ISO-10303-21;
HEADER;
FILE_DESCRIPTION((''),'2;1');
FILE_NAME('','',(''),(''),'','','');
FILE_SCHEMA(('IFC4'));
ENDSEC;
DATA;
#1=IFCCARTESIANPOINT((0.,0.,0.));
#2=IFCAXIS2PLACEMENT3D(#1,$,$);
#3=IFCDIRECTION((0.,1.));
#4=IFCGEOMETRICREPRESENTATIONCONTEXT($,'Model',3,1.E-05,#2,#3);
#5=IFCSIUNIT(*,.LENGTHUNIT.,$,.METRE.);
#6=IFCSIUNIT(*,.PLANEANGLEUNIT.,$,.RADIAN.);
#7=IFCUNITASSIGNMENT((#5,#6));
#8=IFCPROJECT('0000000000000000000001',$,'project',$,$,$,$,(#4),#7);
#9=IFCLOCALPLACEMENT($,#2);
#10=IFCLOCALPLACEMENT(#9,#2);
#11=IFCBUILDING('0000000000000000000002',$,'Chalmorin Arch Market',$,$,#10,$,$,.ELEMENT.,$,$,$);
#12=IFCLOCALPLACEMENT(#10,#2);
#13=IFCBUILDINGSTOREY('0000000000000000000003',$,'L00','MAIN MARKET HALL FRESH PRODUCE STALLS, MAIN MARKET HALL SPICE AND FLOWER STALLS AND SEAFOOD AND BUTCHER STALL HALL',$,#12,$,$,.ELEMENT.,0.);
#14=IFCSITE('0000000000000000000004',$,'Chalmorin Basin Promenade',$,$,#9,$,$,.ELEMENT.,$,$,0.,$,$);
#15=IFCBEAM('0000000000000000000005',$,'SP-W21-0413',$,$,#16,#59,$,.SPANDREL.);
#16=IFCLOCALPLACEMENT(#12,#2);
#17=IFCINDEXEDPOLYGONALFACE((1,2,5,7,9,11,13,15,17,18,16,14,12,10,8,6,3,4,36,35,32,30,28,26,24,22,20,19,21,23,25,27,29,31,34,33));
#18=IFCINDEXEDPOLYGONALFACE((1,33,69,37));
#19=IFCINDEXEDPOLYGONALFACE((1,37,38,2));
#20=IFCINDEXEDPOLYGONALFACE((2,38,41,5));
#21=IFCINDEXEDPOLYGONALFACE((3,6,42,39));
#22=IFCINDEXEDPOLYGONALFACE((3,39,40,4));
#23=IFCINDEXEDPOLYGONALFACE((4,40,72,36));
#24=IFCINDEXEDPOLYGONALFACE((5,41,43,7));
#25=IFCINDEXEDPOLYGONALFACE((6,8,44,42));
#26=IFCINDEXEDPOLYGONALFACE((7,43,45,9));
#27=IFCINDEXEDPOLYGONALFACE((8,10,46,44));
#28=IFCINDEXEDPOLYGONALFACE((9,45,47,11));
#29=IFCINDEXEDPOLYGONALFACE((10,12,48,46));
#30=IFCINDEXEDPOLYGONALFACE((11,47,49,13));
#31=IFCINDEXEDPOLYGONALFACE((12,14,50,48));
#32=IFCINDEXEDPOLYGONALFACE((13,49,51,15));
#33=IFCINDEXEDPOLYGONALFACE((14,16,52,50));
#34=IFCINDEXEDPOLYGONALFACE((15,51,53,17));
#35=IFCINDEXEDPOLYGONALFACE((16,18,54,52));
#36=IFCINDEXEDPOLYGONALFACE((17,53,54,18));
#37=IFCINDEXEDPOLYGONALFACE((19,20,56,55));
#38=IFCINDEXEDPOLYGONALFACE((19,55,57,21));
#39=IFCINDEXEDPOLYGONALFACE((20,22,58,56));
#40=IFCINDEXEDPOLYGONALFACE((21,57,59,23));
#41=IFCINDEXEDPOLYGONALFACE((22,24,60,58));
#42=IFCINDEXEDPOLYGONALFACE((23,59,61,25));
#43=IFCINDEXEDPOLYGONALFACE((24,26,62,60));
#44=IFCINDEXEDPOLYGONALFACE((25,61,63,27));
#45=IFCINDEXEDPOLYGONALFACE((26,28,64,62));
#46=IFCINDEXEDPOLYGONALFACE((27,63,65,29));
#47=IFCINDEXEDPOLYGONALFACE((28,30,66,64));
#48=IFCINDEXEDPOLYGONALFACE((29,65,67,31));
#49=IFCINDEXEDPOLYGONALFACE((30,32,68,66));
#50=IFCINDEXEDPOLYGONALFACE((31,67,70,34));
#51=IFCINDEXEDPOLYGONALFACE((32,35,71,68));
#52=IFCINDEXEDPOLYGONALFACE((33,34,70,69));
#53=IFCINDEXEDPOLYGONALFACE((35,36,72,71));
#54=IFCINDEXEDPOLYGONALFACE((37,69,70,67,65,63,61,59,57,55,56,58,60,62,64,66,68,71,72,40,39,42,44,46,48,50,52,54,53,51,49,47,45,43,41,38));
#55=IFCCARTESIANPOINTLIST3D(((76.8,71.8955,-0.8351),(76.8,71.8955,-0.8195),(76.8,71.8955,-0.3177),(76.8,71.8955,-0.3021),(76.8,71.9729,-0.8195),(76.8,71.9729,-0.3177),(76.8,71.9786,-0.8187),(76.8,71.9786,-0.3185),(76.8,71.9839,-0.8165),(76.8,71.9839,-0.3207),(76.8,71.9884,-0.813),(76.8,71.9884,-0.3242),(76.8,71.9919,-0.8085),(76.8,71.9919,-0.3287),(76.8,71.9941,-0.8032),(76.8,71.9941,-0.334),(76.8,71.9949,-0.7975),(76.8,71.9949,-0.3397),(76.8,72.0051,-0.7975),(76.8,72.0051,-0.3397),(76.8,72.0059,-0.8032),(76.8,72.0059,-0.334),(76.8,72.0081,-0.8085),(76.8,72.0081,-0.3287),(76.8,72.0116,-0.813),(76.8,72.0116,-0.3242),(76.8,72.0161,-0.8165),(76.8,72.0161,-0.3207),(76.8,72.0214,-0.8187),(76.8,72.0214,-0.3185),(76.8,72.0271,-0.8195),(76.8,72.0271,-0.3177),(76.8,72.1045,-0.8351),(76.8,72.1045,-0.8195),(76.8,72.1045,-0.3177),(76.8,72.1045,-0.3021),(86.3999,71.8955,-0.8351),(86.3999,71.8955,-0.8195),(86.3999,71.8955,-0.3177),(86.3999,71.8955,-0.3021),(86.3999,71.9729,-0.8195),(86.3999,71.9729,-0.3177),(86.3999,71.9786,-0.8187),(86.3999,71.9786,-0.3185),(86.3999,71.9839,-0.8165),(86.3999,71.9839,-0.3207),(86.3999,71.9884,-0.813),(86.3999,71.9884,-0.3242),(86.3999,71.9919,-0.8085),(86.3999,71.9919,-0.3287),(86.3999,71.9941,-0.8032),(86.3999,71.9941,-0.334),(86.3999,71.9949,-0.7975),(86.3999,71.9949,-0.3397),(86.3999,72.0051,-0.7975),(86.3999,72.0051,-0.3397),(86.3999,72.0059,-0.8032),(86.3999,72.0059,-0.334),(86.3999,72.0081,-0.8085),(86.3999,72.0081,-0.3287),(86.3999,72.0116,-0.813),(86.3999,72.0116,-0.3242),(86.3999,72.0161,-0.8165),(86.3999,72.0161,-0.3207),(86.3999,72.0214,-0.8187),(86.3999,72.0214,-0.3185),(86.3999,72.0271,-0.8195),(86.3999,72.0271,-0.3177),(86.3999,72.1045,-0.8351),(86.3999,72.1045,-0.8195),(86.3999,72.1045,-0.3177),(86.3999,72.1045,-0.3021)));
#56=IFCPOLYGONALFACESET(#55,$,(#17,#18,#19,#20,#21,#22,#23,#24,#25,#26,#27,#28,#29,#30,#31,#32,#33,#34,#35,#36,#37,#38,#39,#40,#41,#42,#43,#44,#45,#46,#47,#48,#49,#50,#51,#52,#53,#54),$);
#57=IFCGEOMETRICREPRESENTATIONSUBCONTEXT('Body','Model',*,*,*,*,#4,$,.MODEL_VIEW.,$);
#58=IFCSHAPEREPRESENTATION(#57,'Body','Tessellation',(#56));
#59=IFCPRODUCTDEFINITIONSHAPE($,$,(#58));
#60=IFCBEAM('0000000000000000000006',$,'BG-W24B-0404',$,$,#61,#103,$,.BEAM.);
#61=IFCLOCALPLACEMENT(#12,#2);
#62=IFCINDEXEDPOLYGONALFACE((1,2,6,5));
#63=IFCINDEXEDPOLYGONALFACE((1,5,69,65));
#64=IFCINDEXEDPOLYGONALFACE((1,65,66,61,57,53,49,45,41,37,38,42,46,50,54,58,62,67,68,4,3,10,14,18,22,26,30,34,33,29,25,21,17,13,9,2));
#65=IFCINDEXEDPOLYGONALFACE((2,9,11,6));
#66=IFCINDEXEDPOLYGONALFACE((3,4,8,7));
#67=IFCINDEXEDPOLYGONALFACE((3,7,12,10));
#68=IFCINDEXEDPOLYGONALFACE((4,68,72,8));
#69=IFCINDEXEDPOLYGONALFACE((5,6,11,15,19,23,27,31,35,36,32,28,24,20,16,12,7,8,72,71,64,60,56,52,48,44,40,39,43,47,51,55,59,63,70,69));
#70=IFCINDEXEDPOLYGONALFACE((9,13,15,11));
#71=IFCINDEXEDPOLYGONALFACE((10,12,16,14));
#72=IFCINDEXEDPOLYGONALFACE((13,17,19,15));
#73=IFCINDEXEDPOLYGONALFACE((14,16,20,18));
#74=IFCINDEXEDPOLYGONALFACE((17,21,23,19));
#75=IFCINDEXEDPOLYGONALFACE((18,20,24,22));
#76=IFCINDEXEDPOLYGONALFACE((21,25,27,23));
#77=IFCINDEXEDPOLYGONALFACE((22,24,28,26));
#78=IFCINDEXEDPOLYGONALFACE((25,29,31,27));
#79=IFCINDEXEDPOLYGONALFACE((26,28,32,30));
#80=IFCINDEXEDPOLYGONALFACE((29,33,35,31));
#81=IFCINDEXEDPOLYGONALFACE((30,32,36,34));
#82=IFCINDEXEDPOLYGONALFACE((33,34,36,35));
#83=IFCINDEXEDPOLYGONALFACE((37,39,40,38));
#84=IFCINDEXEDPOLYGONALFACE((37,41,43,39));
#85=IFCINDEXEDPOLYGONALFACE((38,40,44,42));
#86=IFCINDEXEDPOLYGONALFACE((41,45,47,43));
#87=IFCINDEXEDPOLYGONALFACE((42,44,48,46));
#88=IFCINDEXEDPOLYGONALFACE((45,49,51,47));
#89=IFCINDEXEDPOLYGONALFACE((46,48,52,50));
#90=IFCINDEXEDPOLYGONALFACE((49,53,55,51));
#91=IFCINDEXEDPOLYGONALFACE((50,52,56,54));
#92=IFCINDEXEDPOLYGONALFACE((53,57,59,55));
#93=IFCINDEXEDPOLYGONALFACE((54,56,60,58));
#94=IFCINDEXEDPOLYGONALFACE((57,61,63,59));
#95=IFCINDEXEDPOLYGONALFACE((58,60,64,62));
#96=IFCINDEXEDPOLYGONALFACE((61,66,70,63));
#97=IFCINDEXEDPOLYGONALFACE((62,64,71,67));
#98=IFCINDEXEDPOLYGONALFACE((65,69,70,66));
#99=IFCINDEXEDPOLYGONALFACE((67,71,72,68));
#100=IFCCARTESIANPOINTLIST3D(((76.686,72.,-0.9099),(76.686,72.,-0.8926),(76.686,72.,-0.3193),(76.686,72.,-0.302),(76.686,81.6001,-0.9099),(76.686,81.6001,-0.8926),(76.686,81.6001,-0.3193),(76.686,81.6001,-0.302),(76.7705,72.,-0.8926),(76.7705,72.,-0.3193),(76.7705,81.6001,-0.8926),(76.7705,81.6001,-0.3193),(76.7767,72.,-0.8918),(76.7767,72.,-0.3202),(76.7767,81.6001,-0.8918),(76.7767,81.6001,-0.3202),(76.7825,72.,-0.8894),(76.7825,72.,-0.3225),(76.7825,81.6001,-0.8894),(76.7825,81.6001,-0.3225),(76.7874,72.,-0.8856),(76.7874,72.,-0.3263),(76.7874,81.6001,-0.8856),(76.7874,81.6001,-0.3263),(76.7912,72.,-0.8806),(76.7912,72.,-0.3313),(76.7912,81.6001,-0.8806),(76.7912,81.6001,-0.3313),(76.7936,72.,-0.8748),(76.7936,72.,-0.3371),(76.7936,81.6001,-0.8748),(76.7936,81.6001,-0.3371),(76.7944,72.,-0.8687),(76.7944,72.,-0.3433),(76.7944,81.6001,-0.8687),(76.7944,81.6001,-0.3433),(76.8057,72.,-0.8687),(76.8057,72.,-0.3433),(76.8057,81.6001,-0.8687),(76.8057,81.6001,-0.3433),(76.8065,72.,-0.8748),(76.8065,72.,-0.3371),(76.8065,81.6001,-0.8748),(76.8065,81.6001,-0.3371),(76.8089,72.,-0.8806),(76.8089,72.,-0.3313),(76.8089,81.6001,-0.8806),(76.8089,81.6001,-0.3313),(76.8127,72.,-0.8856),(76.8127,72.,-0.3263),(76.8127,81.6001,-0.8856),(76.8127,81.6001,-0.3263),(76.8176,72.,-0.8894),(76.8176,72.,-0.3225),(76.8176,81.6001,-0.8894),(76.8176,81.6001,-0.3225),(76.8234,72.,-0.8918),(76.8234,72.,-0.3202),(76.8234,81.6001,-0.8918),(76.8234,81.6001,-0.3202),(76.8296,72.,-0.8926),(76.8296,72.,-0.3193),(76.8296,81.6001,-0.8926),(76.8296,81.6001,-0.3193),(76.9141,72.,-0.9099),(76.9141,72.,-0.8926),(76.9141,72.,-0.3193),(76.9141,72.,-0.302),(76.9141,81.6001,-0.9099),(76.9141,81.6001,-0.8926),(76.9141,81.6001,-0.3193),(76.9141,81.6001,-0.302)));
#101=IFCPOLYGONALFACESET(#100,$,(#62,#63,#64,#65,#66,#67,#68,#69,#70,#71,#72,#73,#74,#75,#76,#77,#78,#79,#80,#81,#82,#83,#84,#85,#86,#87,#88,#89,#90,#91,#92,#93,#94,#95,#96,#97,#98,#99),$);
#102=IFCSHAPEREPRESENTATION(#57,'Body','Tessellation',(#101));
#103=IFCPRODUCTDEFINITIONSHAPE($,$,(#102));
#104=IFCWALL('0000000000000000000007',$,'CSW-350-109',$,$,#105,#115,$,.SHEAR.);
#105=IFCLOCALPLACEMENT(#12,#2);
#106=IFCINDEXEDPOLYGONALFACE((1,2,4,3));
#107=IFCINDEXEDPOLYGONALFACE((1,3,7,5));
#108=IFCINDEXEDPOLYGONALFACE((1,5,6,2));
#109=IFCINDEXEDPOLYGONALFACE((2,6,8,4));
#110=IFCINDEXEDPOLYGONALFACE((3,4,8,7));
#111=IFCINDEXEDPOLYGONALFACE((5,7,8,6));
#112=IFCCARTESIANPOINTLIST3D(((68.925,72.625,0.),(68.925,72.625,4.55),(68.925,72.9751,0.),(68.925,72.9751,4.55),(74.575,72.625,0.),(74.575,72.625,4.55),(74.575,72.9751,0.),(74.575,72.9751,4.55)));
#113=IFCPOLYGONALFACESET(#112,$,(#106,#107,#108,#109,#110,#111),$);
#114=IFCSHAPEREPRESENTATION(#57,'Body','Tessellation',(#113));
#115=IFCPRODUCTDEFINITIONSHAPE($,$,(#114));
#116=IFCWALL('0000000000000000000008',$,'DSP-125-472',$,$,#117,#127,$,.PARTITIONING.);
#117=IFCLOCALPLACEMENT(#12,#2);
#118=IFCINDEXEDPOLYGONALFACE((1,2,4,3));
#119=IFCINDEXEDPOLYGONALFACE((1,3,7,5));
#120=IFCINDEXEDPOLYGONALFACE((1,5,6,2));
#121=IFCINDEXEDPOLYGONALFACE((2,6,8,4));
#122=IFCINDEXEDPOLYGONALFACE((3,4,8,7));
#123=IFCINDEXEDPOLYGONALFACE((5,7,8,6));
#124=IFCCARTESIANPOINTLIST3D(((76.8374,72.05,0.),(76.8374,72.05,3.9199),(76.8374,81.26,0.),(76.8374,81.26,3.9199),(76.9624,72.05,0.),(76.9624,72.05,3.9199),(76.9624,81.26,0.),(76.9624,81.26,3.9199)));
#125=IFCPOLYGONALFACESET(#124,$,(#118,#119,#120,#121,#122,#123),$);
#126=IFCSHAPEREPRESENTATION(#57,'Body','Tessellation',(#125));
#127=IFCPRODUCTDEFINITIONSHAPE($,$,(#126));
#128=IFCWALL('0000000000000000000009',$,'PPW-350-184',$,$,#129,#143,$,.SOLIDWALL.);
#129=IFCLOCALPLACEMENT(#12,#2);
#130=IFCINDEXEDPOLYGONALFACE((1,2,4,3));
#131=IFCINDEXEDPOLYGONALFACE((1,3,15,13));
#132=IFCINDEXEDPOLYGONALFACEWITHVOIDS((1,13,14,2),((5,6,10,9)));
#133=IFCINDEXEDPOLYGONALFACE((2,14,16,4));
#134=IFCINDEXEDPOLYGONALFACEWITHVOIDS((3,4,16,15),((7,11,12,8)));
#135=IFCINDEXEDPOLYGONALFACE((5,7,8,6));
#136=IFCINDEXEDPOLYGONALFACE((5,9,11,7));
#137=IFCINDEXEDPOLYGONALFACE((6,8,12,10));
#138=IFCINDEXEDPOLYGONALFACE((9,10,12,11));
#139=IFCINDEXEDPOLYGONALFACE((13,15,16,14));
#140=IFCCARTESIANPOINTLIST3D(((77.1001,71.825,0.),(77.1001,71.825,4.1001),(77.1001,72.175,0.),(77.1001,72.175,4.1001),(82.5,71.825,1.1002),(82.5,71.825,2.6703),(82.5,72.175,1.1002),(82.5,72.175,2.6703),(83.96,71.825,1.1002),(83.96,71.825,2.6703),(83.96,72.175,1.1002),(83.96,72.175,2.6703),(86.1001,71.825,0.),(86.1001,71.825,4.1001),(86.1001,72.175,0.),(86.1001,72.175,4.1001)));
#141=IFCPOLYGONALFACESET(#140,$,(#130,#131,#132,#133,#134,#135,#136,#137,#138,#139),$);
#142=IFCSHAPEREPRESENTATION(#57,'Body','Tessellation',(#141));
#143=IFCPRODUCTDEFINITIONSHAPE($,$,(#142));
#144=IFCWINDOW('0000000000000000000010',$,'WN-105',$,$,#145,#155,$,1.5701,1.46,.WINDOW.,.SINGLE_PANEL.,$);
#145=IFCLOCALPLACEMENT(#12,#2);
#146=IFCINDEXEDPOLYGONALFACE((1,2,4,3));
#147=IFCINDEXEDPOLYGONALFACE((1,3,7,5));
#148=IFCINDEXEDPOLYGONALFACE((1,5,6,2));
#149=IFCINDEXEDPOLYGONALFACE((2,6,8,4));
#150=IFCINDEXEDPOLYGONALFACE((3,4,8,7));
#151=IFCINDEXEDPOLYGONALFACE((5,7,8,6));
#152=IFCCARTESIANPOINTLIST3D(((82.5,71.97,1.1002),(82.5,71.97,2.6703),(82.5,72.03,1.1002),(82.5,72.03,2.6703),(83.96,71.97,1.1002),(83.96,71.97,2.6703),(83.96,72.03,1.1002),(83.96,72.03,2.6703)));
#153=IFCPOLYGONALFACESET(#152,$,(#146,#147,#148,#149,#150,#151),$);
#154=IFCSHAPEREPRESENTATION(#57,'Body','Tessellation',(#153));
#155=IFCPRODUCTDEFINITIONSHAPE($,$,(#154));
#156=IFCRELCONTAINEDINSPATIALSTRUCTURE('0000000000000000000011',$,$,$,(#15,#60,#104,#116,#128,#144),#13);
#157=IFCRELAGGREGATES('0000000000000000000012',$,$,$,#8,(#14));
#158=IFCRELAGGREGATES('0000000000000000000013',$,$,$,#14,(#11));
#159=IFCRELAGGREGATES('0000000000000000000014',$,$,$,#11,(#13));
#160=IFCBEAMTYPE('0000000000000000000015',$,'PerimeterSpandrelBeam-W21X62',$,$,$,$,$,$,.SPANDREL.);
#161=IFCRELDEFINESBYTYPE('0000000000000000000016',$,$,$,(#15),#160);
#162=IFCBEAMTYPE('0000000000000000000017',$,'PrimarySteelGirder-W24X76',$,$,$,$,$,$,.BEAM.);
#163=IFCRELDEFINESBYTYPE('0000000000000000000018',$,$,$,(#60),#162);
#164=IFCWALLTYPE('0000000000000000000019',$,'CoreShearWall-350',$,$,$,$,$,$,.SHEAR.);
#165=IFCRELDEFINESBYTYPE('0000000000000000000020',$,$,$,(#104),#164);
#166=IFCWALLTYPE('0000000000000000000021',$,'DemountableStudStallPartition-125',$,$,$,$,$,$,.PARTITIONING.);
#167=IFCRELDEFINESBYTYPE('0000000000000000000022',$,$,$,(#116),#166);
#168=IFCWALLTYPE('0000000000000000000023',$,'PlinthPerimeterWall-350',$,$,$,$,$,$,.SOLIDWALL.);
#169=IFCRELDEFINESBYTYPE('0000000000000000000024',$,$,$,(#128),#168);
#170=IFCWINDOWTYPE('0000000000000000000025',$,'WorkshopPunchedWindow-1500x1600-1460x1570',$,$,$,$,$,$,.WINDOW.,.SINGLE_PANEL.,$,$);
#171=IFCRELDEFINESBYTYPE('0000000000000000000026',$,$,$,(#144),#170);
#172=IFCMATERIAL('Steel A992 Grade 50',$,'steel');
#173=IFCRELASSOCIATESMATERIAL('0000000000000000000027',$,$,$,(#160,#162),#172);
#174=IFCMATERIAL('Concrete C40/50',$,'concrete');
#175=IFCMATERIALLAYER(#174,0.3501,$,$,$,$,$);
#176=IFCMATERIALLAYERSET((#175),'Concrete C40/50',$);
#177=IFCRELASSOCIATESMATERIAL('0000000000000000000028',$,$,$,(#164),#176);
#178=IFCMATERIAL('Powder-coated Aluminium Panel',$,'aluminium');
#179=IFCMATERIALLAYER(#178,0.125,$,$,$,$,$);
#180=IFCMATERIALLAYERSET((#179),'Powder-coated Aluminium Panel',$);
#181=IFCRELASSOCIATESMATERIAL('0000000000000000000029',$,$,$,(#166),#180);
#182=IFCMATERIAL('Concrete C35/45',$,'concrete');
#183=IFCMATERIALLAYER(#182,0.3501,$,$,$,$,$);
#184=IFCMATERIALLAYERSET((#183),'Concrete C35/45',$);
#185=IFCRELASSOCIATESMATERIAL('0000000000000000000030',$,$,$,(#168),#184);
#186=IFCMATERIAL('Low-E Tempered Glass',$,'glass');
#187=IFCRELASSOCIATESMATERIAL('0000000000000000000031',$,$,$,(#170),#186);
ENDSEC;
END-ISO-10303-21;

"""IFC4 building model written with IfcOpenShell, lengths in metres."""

from ifc_helpers import new_model, si_unit, direction, frame, frame_2d, origin, origin_2d, place, context, subcontext, project, spatial, rectangle, i_section, extrude, material, layer, layer_set, material_profile, profile_set, type_object, element, fill, save


model = new_model("IFC4")

# Units and contexts
model_context = context("Model", 3, precision=1e-05, world=origin(), true_north=direction((0.0, 1.0)))
body_context = subcontext(model_context, "Body", "Model", "MODEL_VIEW")
ifc_project = project(units=[si_unit("LENGTHUNIT", "METRE"), si_unit("PLANEANGLEUNIT", "RADIAN")], contexts=[model_context])

# Site, building, storey
site_placement = place(None, origin())
site = spatial("IfcSite", under=ifc_project, at=site_placement, Name="Chalmorin Basin Promenade", CompositionType="ELEMENT", RefElevation=0.0)
building_placement = place(site_placement, origin())
building = spatial("IfcBuilding", under=site, at=building_placement, Name="Chalmorin Arch Market", CompositionType="ELEMENT")
storey_placement = place(building_placement, origin())
storey = spatial("IfcBuildingStorey", under=building, at=storey_placement, Name="L00", Description="MAIN MARKET HALL FRESH PRODUCE STALLS, MAIN MARKET HALL SPICE AND FLOWER STALLS AND SEAFOOD AND BUTCHER STALL HALL", CompositionType="ELEMENT", Elevation=0.0)

# Shared definitions
ifc_material_1 = material(Name="Concrete C40/50", Category="concrete")

# Beams
ifc_material_2 = material(Name="Steel A992 Grade 50", Category="steel")
ifc_material_profile_1 = material_profile(ifc_material_2, i_section(OverallWidth=0.209, OverallDepth=0.533, WebThickness=0.0103, FlangeThickness=0.0156, FilletRadius=0.022, at=origin_2d()), Name="W21X62")
ifc_profile_set_1 = profile_set([ifc_material_profile_1], Name="Steel A992 Grade 50")
beam_type_1 = type_object("IfcBeamType", Name="PerimeterSpandrelBeam-W21X62", PredefinedType="SPANDREL", material=ifc_profile_set_1)
beam_1_placement = place(storey_placement, frame((76.8, 72.0, -0.5686), z_axis=(1.0, 0.0, 0.0), x_axis=(0.0, 1.0, 0.0)))
element("IfcBeam", 1, at=beam_1_placement, inside=storey, type_object=beam_type_1, Name="SP-W21-0413", PredefinedType="SPANDREL", context=body_context, shape_type="SweptSolid", body=[
    extrude(i_section(OverallWidth=0.209, OverallDepth=0.533, WebThickness=0.0103, FlangeThickness=0.0156, FilletRadius=0.022, at=origin_2d()), origin(), (0.0, 0.0, 1.0), 9.5999),
])
ifc_material_profile_2 = material_profile(ifc_material_2, i_section(OverallWidth=0.228, OverallDepth=0.6079, WebThickness=0.0112, FlangeThickness=0.0173, FilletRadius=0.0239, at=origin_2d()), Name="W24X76")
ifc_profile_set_2 = profile_set([ifc_material_profile_2], Name="Steel A992 Grade 50")
beam_type_2 = type_object("IfcBeamType", Name="PrimarySteelGirder-W24X76", PredefinedType="BEAM", material=ifc_profile_set_2)
beam_2_placement = place(storey_placement, frame((76.8, 72.0, -0.606), z_axis=(0.0, 1.0, 0.0), x_axis=(-1.0, 0.0, 0.0)))
element("IfcBeam", 2, at=beam_2_placement, inside=storey, type_object=beam_type_2, Name="BG-W24B-0404", PredefinedType="BEAM", context=body_context, shape_type="SweptSolid", body=[
    extrude(i_section(OverallWidth=0.228, OverallDepth=0.6079, WebThickness=0.0112, FlangeThickness=0.0173, FilletRadius=0.0239, at=origin_2d()), origin(), (0.0, 0.0, 1.0), 9.6001),
])

# Walls
ifc_layer_1 = layer(ifc_material_1, 0.3501)
ifc_layer_set_1 = layer_set([ifc_layer_1], Name="Concrete C40/50")
wall_type_1 = type_object("IfcWallType", Name="CoreShearWall-350", PredefinedType="SHEAR", material=ifc_layer_set_1)
wall_1_placement = place(storey_placement, frame((74.575, 72.8, 0.0), z_axis=(0.0, 0.0, 1.0), x_axis=(-1.0, 0.0, 0.0)))
element("IfcWall", 3, at=wall_1_placement, inside=storey, type_object=wall_type_1, Name="CSW-350-109", PredefinedType="SHEAR", context=body_context, shape_type="SweptSolid", body=[
    extrude(rectangle(XDim=5.6499, YDim=0.3501, at=frame_2d((2.825, 0.0))), origin(), (0.0, 0.0, 1.0), 4.55),
])
ifc_material_3 = material(Name="Powder-coated Aluminium Panel", Category="aluminium")
ifc_layer_2 = layer(ifc_material_3, 0.125)
ifc_layer_set_2 = layer_set([ifc_layer_2], Name="Powder-coated Aluminium Panel")
wall_type_2 = type_object("IfcWallType", Name="DemountableStudStallPartition-125", PredefinedType="PARTITIONING", material=ifc_layer_set_2)
wall_2_placement = place(storey_placement, frame((76.8999, 72.05, 0.0), z_axis=(0.0, 0.0, 1.0), x_axis=(0.0, 1.0, 0.0)))
element("IfcWall", 4, at=wall_2_placement, inside=storey, type_object=wall_type_2, Name="DSP-125-472", PredefinedType="PARTITIONING", context=body_context, shape_type="SweptSolid", body=[
    extrude(rectangle(XDim=9.21, YDim=0.125, at=frame_2d((4.605, 0.0))), origin(), (0.0, 0.0, 1.0), 3.9199),
])

# Wall, opening, window
ifc_material_4 = material(Name="Concrete C35/45", Category="concrete")
ifc_layer_3 = layer(ifc_material_4, 0.3501)
ifc_layer_set_3 = layer_set([ifc_layer_3], Name="Concrete C35/45")
wall_type_3 = type_object("IfcWallType", Name="PlinthPerimeterWall-350", PredefinedType="SOLIDWALL", material=ifc_layer_set_3)
wall_3_placement = place(storey_placement, frame((77.1001, 72.0, 0.0), z_axis=(0.0, 0.0, 1.0), x_axis=(1.0, 0.0, 0.0)))
wall_3 = element("IfcWall", 5, at=wall_3_placement, inside=storey, type_object=wall_type_3, Name="PPW-350-184", PredefinedType="SOLIDWALL", context=body_context, shape_type="SweptSolid", body=[
    extrude(rectangle(XDim=9.0, YDim=0.3501, at=frame_2d((4.5, 0.0))), origin(), (0.0, 0.0, 1.0), 4.1001),
])
opening_placement = place(wall_3_placement, frame((5.3999, 0.0, 1.1001)))
opening = element("IfcOpeningElement", 6, at=opening_placement, cuts=wall_3, PredefinedType="OPENING", context=body_context, shape_type="SweptSolid", body=[
    extrude(rectangle(XDim=1.46, YDim=1.5701, at=frame_2d((0.73, 0.7852))), frame((0.0, 0.1851, 0.0), z_axis=(0.0, -1.0, 0.0), x_axis=(1.0, 0.0, 0.0)), (0.0, 0.0, 1.0), 0.3701),
])
ifc_material_5 = material(Name="Low-E Tempered Glass", Category="glass")
window_type = type_object("IfcWindowType", Name="WorkshopPunchedWindow-1500x1600-1460x1570", PartitioningType="SINGLE_PANEL", PredefinedType="WINDOW", material=ifc_material_5)
window_placement = place(opening_placement, origin())
window = element("IfcWindow", 7, at=window_placement, inside=storey, type_object=window_type, Name="WN-105", OverallHeight=1.5701, OverallWidth=1.46, PartitioningType="SINGLE_PANEL", PredefinedType="WINDOW", context=body_context, shape_type="SweptSolid", body=[
    extrude(rectangle(XDim=1.46, YDim=1.5701, at=frame_2d((0.73, 0.7852))), frame((0.0, 0.03, 0.0), z_axis=(0.0, -1.0, 0.0), x_axis=(1.0, 0.0, 0.0)), (0.0, 0.0, 1.0), 0.0601),
])
fill(opening, window)

save(model, "model.ifc")
